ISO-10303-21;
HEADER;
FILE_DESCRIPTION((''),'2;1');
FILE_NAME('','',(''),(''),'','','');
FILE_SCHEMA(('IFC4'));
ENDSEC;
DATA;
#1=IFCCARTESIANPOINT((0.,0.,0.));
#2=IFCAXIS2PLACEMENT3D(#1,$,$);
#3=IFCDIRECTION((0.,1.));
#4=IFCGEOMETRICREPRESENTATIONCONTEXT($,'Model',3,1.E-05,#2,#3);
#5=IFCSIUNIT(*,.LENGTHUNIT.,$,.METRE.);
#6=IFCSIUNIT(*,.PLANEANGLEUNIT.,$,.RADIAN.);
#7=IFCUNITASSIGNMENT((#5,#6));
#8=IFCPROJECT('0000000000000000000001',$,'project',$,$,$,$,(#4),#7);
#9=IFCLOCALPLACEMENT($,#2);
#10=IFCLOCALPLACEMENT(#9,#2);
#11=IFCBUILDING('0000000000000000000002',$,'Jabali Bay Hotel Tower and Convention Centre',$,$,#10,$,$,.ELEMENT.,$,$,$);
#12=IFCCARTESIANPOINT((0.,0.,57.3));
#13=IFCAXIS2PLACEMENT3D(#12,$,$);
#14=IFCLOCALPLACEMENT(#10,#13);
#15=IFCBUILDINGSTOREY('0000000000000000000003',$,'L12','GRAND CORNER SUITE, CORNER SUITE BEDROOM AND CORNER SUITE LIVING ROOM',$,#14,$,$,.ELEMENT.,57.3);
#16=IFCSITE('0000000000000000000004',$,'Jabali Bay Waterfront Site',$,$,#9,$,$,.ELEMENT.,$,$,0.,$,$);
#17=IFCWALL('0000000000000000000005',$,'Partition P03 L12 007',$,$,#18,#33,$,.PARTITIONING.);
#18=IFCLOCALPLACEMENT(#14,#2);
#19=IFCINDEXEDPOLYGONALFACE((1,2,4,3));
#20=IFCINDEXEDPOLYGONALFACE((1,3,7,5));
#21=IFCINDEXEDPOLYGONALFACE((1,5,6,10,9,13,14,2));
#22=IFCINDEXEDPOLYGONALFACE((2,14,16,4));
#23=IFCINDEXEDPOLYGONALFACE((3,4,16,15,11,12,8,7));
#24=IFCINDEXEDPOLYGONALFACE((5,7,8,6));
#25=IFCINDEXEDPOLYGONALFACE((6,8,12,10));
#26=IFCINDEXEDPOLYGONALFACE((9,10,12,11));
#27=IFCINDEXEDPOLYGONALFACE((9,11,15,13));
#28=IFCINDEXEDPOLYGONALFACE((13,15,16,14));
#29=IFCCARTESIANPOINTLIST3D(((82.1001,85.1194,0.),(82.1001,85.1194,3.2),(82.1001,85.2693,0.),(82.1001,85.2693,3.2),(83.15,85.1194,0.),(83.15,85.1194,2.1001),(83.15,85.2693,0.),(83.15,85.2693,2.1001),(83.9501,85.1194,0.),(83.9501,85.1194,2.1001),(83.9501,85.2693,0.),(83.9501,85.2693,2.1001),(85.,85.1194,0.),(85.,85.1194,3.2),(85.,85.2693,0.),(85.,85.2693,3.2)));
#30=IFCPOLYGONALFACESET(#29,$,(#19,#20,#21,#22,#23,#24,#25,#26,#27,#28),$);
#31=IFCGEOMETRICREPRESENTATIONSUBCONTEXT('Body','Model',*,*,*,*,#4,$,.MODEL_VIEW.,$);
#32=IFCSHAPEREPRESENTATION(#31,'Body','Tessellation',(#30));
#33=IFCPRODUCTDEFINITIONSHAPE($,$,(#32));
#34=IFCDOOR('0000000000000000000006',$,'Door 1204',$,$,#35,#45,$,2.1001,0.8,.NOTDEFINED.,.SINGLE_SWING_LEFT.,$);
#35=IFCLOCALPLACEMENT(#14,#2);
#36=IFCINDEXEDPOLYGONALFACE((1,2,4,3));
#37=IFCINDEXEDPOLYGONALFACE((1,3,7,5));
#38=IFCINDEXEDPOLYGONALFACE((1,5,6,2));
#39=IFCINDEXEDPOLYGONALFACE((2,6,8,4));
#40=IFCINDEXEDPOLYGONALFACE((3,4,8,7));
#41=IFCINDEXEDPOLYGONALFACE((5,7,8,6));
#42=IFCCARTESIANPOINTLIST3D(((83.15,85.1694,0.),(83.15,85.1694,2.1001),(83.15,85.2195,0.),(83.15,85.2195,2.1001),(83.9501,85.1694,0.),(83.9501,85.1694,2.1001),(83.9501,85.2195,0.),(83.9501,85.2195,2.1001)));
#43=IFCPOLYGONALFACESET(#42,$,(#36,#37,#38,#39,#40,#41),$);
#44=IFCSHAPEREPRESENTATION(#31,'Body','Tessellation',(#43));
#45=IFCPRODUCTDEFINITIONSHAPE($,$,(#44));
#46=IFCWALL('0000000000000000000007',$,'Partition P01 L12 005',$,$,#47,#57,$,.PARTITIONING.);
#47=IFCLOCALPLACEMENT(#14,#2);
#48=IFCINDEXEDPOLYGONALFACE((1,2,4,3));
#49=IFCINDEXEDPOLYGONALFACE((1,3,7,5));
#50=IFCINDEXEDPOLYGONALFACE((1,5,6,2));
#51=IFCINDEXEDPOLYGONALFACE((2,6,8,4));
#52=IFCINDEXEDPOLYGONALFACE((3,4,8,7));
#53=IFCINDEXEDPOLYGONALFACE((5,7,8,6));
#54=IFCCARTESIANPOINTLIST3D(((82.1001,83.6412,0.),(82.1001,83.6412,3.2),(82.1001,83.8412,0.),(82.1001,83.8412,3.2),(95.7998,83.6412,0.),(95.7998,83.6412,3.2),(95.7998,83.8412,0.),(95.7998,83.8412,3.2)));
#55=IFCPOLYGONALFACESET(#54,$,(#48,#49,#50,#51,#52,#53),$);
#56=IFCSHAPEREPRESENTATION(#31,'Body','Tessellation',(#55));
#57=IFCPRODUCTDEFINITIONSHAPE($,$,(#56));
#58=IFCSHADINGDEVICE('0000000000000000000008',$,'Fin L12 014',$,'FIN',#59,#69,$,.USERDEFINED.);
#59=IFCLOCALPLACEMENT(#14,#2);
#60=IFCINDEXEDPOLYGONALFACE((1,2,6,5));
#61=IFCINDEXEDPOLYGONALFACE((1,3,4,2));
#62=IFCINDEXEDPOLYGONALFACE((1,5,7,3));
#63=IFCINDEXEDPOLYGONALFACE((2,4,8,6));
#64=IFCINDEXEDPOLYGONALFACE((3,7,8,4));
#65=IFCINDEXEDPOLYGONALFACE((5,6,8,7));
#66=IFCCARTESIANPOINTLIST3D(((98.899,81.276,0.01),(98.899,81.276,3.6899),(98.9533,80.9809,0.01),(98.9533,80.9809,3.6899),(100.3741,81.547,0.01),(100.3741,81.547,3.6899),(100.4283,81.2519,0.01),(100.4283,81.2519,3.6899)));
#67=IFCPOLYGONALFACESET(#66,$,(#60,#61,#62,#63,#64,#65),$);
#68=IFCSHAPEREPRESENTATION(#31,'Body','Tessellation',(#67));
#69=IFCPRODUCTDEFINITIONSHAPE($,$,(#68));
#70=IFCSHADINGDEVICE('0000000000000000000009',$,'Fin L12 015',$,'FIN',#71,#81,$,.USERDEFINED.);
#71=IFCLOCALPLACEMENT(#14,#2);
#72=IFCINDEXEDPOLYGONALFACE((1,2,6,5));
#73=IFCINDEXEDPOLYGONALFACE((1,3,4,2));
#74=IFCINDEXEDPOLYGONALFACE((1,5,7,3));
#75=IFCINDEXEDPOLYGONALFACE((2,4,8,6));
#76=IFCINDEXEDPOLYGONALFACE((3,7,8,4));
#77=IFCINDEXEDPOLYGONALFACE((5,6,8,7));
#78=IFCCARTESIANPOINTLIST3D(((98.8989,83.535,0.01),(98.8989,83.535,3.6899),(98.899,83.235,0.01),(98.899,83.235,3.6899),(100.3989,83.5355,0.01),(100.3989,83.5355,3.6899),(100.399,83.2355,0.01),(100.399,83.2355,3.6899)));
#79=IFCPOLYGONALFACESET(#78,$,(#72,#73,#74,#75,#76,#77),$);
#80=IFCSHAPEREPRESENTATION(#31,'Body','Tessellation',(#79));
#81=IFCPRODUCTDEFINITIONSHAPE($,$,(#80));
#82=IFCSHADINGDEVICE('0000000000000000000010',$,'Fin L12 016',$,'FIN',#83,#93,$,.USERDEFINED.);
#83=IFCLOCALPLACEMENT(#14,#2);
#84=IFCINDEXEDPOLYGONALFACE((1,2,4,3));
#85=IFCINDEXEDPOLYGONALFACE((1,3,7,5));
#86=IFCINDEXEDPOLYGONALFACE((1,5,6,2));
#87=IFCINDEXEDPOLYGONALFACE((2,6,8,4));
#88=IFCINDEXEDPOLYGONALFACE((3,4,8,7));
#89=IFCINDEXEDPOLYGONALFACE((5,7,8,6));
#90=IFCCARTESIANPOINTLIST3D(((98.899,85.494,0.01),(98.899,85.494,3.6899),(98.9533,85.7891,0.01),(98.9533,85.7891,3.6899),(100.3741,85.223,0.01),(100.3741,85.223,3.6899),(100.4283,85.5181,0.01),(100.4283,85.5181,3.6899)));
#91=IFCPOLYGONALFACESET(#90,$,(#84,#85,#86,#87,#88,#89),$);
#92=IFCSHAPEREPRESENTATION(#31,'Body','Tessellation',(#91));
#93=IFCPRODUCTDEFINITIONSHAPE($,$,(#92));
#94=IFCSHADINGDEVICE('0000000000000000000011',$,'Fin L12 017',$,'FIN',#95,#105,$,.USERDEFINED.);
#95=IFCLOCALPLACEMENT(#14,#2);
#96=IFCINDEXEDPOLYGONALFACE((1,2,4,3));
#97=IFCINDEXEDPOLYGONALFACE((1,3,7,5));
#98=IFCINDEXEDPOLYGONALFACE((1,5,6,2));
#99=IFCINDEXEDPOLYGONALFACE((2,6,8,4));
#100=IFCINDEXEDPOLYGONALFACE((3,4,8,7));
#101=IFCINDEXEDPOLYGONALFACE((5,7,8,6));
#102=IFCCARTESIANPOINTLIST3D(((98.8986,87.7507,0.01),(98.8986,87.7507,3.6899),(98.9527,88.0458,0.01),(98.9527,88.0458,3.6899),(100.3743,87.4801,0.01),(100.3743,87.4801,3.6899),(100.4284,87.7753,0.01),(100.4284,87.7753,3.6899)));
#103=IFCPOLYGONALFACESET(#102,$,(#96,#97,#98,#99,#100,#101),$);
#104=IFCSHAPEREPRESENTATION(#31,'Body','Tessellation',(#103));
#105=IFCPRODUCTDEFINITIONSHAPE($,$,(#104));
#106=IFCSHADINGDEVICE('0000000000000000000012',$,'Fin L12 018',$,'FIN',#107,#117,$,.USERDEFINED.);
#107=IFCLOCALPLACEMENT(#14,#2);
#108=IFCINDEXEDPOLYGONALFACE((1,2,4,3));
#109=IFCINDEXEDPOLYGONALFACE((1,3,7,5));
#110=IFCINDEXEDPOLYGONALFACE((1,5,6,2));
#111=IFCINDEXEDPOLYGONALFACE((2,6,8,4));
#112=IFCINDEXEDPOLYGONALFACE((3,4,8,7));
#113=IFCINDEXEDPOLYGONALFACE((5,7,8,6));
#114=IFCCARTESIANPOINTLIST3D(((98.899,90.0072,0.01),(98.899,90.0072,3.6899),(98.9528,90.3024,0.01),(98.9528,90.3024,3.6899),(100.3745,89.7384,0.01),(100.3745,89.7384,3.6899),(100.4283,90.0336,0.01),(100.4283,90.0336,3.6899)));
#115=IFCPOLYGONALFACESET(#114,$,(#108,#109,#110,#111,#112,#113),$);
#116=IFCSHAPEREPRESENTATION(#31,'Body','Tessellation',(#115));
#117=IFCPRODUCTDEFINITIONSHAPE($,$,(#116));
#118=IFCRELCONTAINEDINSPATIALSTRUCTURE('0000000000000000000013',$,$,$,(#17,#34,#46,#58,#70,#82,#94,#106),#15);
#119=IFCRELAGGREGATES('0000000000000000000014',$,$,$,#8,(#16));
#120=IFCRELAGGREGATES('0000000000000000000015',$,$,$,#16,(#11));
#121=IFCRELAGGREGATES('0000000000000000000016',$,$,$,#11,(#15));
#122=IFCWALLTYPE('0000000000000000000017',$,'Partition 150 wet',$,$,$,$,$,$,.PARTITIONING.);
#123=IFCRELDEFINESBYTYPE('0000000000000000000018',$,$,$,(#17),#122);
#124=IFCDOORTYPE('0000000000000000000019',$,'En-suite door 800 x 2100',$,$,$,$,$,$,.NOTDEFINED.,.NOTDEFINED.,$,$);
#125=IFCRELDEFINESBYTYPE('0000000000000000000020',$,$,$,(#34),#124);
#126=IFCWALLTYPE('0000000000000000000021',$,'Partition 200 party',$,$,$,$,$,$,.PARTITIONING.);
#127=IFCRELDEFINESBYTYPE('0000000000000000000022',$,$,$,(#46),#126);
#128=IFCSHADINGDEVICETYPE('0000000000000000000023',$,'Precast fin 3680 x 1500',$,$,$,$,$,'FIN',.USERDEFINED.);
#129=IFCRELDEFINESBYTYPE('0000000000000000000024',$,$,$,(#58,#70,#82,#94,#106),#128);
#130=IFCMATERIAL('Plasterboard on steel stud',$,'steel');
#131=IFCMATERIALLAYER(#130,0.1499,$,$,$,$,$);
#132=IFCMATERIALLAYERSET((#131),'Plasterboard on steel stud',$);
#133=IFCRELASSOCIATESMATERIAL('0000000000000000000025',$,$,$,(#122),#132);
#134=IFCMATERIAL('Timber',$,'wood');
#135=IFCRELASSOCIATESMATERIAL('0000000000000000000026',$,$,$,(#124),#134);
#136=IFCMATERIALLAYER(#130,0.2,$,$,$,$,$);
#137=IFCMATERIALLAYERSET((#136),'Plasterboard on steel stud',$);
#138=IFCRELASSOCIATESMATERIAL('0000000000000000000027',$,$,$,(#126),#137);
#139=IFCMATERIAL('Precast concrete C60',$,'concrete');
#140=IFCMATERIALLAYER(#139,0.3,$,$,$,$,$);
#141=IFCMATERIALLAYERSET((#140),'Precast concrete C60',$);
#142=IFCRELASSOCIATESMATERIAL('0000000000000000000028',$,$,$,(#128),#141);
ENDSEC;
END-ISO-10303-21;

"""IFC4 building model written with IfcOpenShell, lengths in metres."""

from ifc_helpers import new_model, si_unit, direction, frame, frame_2d, origin, place, context, subcontext, project, spatial, rectangle, extrude, material, layer, layer_set, type_object, element, fill, save


model = new_model("IFC4")

# Units and contexts
model_context = context("Model", 3, precision=1e-05, world=origin(), true_north=direction((0.0, 1.0)))
body_context = subcontext(model_context, "Body", "Model", "MODEL_VIEW")
ifc_project = project(units=[si_unit("LENGTHUNIT", "METRE"), si_unit("PLANEANGLEUNIT", "RADIAN")], contexts=[model_context])

# Site, building, storey
site_placement = place(None, origin())
site = spatial("IfcSite", under=ifc_project, at=site_placement, Name="Jabali Bay Waterfront Site", CompositionType="ELEMENT", RefElevation=0.0)
building_placement = place(site_placement, origin())
building = spatial("IfcBuilding", under=site, at=building_placement, Name="Jabali Bay Hotel Tower and Convention Centre", CompositionType="ELEMENT")
storey_placement = place(building_placement, frame((0.0, 0.0, 57.3)))
storey = spatial("IfcBuildingStorey", under=building, at=storey_placement, Name="L12", Description="GRAND CORNER SUITE, CORNER SUITE BEDROOM AND CORNER SUITE LIVING ROOM", CompositionType="ELEMENT", Elevation=57.3)

# Shared definitions
ifc_material_1 = material(Name="Plasterboard on steel stud", Category="steel")
ifc_layer_1 = layer(ifc_material_1, 0.1499)
ifc_layer_set_1 = layer_set([ifc_layer_1], Name="Plasterboard on steel stud")
wall_type_1 = type_object("IfcWallType", Name="Partition 150 wet", PredefinedType="PARTITIONING", material=ifc_layer_set_1)

# Wall, opening, door
wall_1_placement = place(storey_placement, frame((85.0, 85.1943, 0.0), z_axis=(0.0, 0.0, 1.0), x_axis=(-1.0, 0.0, 0.0)))
wall_1 = element("IfcWall", 1, at=wall_1_placement, inside=storey, type_object=wall_type_1, Name="Partition P03 L12 007", PredefinedType="PARTITIONING", context=body_context, shape_type="SweptSolid", body=[
    extrude(rectangle(XDim=2.8999, YDim=0.1499, at=frame_2d((1.45, 0.0))), origin(), (0.0, 0.0, 1.0), 3.2),
])
opening_1_placement = place(wall_1_placement, frame((1.05, 0.0, 0.0)))
opening_1 = element("IfcOpeningElement", 2, at=opening_1_placement, cuts=wall_1, PredefinedType="OPENING", context=body_context, shape_type="SweptSolid", body=[
    extrude(rectangle(XDim=0.8, YDim=2.1001, at=frame_2d((0.3999, 1.05))), frame((0.0, 0.0854, 0.0), z_axis=(0.0, -1.0, 0.0), x_axis=(1.0, 0.0, 0.0)), (0.0, 0.0, 1.0), 0.1709),
])
ifc_material_2 = material(Name="Timber", Category="wood")
door_type_1 = type_object("IfcDoorType", Name="En-suite door 800 x 2100", OperationType="NOTDEFINED", PredefinedType="NOTDEFINED", material=ifc_material_2)
door_1_placement = place(opening_1_placement, origin())
door_1 = element("IfcDoor", 3, at=door_1_placement, inside=storey, type_object=door_type_1, Name="Door 1204", OperationType="SINGLE_SWING_LEFT", OverallHeight=2.1001, OverallWidth=0.8, PredefinedType="NOTDEFINED", context=body_context, shape_type="SweptSolid", body=[
    extrude(rectangle(XDim=0.8, YDim=2.1001, at=frame_2d((0.3999, 1.05))), frame((0.0, 0.0249, 0.0), z_axis=(0.0, -1.0, 0.0), x_axis=(1.0, 0.0, 0.0)), (0.0, 0.0, 1.0), 0.05),
])
fill(opening_1, door_1)

# Wall
ifc_layer_2 = layer(ifc_material_1, 0.2)
ifc_layer_set_2 = layer_set([ifc_layer_2], Name="Plasterboard on steel stud")
wall_type_2 = type_object("IfcWallType", Name="Partition 200 party", PredefinedType="PARTITIONING", material=ifc_layer_set_2)
wall_2_placement = place(storey_placement, frame((95.7998, 83.7412, 0.0), z_axis=(0.0, 0.0, 1.0), x_axis=(-1.0, 0.0, 0.0)))
element("IfcWall", 4, at=wall_2_placement, inside=storey, type_object=wall_type_2, Name="Partition P01 L12 005", PredefinedType="PARTITIONING", context=body_context, shape_type="SweptSolid", body=[
    extrude(rectangle(XDim=13.6997, YDim=0.2, at=frame_2d((6.8499, 0.0))), origin(), (0.0, 0.0, 1.0), 3.2),
])

# Shading devices
ifc_material_3 = material(Name="Precast concrete C60", Category="concrete")
ifc_layer_3 = layer(ifc_material_3, 0.3)
ifc_layer_set_3 = layer_set([ifc_layer_3], Name="Precast concrete C60")
shading_device_type = type_object("IfcShadingDeviceType", Name="Precast fin 3680 x 1500", ElementType="FIN", PredefinedType="USERDEFINED", material=ifc_layer_set_3)
shading_device_1_placement = place(storey_placement, frame((98.926, 81.1284, 0.01), z_axis=(0.0, 0.0, 1.0), x_axis=(0.98354, 0.18069, 0.0)))
element("IfcShadingDevice", 5, at=shading_device_1_placement, inside=storey, type_object=shading_device_type, Name="Fin L12 014", ObjectType="FIN", PredefinedType="USERDEFINED", context=body_context, shape_type="SweptSolid", body=[
    extrude(rectangle(XDim=1.4998, YDim=0.3, at=frame_2d((0.75, 0.0))), origin(), (0.0, 0.0, 1.0), 3.6799),
])
shading_device_2_placement = place(storey_placement, frame((98.8989, 83.385, 0.01), z_axis=(0.0, 0.0, 1.0), x_axis=(1.0, 0.000326, 0.0)))
element("IfcShadingDevice", 6, at=shading_device_2_placement, inside=storey, type_object=shading_device_type, Name="Fin L12 015", ObjectType="FIN", PredefinedType="USERDEFINED", context=body_context, shape_type="SweptSolid", body=[
    extrude(rectangle(XDim=1.5, YDim=0.3, at=frame_2d((0.75, 0.0))), origin(), (0.0, 0.0, 1.0), 3.6799),
])
shading_device_3_placement = place(storey_placement, frame((98.926, 85.6416, 0.01), z_axis=(0.0, 0.0, 1.0), x_axis=(0.98354, -0.18069, 0.0)))
element("IfcShadingDevice", 7, at=shading_device_3_placement, inside=storey, type_object=shading_device_type, Name="Fin L12 016", ObjectType="FIN", PredefinedType="USERDEFINED", context=body_context, shape_type="SweptSolid", body=[
    extrude(rectangle(XDim=1.4998, YDim=0.3, at=frame_2d((0.75, 0.0))), origin(), (0.0, 0.0, 1.0), 3.6799),
])
shading_device_4_placement = place(storey_placement, frame((98.9258, 87.8982, 0.01), z_axis=(0.0, 0.0, 1.0), x_axis=(0.983608, -0.180317, 0.0)))
element("IfcShadingDevice", 8, at=shading_device_4_placement, inside=storey, type_object=shading_device_type, Name="Fin L12 017", ObjectType="FIN", PredefinedType="USERDEFINED", context=body_context, shape_type="SweptSolid", body=[
    extrude(rectangle(XDim=1.5002, YDim=0.3, at=frame_2d((0.75, 0.0))), origin(), (0.0, 0.0, 1.0), 3.6799),
])
shading_device_5_placement = place(storey_placement, frame((98.9258, 90.1548, 0.01), z_axis=(0.0, 0.0, 1.0), x_axis=(0.98381, -0.179215, 0.0)))
element("IfcShadingDevice", 9, at=shading_device_5_placement, inside=storey, type_object=shading_device_type, Name="Fin L12 018", ObjectType="FIN", PredefinedType="USERDEFINED", context=body_context, shape_type="SweptSolid", body=[
    extrude(rectangle(XDim=1.4998, YDim=0.3, at=frame_2d((0.75, 0.0))), origin(), (0.0, 0.0, 1.0), 3.6799),
])

save(model, "model.ifc")
